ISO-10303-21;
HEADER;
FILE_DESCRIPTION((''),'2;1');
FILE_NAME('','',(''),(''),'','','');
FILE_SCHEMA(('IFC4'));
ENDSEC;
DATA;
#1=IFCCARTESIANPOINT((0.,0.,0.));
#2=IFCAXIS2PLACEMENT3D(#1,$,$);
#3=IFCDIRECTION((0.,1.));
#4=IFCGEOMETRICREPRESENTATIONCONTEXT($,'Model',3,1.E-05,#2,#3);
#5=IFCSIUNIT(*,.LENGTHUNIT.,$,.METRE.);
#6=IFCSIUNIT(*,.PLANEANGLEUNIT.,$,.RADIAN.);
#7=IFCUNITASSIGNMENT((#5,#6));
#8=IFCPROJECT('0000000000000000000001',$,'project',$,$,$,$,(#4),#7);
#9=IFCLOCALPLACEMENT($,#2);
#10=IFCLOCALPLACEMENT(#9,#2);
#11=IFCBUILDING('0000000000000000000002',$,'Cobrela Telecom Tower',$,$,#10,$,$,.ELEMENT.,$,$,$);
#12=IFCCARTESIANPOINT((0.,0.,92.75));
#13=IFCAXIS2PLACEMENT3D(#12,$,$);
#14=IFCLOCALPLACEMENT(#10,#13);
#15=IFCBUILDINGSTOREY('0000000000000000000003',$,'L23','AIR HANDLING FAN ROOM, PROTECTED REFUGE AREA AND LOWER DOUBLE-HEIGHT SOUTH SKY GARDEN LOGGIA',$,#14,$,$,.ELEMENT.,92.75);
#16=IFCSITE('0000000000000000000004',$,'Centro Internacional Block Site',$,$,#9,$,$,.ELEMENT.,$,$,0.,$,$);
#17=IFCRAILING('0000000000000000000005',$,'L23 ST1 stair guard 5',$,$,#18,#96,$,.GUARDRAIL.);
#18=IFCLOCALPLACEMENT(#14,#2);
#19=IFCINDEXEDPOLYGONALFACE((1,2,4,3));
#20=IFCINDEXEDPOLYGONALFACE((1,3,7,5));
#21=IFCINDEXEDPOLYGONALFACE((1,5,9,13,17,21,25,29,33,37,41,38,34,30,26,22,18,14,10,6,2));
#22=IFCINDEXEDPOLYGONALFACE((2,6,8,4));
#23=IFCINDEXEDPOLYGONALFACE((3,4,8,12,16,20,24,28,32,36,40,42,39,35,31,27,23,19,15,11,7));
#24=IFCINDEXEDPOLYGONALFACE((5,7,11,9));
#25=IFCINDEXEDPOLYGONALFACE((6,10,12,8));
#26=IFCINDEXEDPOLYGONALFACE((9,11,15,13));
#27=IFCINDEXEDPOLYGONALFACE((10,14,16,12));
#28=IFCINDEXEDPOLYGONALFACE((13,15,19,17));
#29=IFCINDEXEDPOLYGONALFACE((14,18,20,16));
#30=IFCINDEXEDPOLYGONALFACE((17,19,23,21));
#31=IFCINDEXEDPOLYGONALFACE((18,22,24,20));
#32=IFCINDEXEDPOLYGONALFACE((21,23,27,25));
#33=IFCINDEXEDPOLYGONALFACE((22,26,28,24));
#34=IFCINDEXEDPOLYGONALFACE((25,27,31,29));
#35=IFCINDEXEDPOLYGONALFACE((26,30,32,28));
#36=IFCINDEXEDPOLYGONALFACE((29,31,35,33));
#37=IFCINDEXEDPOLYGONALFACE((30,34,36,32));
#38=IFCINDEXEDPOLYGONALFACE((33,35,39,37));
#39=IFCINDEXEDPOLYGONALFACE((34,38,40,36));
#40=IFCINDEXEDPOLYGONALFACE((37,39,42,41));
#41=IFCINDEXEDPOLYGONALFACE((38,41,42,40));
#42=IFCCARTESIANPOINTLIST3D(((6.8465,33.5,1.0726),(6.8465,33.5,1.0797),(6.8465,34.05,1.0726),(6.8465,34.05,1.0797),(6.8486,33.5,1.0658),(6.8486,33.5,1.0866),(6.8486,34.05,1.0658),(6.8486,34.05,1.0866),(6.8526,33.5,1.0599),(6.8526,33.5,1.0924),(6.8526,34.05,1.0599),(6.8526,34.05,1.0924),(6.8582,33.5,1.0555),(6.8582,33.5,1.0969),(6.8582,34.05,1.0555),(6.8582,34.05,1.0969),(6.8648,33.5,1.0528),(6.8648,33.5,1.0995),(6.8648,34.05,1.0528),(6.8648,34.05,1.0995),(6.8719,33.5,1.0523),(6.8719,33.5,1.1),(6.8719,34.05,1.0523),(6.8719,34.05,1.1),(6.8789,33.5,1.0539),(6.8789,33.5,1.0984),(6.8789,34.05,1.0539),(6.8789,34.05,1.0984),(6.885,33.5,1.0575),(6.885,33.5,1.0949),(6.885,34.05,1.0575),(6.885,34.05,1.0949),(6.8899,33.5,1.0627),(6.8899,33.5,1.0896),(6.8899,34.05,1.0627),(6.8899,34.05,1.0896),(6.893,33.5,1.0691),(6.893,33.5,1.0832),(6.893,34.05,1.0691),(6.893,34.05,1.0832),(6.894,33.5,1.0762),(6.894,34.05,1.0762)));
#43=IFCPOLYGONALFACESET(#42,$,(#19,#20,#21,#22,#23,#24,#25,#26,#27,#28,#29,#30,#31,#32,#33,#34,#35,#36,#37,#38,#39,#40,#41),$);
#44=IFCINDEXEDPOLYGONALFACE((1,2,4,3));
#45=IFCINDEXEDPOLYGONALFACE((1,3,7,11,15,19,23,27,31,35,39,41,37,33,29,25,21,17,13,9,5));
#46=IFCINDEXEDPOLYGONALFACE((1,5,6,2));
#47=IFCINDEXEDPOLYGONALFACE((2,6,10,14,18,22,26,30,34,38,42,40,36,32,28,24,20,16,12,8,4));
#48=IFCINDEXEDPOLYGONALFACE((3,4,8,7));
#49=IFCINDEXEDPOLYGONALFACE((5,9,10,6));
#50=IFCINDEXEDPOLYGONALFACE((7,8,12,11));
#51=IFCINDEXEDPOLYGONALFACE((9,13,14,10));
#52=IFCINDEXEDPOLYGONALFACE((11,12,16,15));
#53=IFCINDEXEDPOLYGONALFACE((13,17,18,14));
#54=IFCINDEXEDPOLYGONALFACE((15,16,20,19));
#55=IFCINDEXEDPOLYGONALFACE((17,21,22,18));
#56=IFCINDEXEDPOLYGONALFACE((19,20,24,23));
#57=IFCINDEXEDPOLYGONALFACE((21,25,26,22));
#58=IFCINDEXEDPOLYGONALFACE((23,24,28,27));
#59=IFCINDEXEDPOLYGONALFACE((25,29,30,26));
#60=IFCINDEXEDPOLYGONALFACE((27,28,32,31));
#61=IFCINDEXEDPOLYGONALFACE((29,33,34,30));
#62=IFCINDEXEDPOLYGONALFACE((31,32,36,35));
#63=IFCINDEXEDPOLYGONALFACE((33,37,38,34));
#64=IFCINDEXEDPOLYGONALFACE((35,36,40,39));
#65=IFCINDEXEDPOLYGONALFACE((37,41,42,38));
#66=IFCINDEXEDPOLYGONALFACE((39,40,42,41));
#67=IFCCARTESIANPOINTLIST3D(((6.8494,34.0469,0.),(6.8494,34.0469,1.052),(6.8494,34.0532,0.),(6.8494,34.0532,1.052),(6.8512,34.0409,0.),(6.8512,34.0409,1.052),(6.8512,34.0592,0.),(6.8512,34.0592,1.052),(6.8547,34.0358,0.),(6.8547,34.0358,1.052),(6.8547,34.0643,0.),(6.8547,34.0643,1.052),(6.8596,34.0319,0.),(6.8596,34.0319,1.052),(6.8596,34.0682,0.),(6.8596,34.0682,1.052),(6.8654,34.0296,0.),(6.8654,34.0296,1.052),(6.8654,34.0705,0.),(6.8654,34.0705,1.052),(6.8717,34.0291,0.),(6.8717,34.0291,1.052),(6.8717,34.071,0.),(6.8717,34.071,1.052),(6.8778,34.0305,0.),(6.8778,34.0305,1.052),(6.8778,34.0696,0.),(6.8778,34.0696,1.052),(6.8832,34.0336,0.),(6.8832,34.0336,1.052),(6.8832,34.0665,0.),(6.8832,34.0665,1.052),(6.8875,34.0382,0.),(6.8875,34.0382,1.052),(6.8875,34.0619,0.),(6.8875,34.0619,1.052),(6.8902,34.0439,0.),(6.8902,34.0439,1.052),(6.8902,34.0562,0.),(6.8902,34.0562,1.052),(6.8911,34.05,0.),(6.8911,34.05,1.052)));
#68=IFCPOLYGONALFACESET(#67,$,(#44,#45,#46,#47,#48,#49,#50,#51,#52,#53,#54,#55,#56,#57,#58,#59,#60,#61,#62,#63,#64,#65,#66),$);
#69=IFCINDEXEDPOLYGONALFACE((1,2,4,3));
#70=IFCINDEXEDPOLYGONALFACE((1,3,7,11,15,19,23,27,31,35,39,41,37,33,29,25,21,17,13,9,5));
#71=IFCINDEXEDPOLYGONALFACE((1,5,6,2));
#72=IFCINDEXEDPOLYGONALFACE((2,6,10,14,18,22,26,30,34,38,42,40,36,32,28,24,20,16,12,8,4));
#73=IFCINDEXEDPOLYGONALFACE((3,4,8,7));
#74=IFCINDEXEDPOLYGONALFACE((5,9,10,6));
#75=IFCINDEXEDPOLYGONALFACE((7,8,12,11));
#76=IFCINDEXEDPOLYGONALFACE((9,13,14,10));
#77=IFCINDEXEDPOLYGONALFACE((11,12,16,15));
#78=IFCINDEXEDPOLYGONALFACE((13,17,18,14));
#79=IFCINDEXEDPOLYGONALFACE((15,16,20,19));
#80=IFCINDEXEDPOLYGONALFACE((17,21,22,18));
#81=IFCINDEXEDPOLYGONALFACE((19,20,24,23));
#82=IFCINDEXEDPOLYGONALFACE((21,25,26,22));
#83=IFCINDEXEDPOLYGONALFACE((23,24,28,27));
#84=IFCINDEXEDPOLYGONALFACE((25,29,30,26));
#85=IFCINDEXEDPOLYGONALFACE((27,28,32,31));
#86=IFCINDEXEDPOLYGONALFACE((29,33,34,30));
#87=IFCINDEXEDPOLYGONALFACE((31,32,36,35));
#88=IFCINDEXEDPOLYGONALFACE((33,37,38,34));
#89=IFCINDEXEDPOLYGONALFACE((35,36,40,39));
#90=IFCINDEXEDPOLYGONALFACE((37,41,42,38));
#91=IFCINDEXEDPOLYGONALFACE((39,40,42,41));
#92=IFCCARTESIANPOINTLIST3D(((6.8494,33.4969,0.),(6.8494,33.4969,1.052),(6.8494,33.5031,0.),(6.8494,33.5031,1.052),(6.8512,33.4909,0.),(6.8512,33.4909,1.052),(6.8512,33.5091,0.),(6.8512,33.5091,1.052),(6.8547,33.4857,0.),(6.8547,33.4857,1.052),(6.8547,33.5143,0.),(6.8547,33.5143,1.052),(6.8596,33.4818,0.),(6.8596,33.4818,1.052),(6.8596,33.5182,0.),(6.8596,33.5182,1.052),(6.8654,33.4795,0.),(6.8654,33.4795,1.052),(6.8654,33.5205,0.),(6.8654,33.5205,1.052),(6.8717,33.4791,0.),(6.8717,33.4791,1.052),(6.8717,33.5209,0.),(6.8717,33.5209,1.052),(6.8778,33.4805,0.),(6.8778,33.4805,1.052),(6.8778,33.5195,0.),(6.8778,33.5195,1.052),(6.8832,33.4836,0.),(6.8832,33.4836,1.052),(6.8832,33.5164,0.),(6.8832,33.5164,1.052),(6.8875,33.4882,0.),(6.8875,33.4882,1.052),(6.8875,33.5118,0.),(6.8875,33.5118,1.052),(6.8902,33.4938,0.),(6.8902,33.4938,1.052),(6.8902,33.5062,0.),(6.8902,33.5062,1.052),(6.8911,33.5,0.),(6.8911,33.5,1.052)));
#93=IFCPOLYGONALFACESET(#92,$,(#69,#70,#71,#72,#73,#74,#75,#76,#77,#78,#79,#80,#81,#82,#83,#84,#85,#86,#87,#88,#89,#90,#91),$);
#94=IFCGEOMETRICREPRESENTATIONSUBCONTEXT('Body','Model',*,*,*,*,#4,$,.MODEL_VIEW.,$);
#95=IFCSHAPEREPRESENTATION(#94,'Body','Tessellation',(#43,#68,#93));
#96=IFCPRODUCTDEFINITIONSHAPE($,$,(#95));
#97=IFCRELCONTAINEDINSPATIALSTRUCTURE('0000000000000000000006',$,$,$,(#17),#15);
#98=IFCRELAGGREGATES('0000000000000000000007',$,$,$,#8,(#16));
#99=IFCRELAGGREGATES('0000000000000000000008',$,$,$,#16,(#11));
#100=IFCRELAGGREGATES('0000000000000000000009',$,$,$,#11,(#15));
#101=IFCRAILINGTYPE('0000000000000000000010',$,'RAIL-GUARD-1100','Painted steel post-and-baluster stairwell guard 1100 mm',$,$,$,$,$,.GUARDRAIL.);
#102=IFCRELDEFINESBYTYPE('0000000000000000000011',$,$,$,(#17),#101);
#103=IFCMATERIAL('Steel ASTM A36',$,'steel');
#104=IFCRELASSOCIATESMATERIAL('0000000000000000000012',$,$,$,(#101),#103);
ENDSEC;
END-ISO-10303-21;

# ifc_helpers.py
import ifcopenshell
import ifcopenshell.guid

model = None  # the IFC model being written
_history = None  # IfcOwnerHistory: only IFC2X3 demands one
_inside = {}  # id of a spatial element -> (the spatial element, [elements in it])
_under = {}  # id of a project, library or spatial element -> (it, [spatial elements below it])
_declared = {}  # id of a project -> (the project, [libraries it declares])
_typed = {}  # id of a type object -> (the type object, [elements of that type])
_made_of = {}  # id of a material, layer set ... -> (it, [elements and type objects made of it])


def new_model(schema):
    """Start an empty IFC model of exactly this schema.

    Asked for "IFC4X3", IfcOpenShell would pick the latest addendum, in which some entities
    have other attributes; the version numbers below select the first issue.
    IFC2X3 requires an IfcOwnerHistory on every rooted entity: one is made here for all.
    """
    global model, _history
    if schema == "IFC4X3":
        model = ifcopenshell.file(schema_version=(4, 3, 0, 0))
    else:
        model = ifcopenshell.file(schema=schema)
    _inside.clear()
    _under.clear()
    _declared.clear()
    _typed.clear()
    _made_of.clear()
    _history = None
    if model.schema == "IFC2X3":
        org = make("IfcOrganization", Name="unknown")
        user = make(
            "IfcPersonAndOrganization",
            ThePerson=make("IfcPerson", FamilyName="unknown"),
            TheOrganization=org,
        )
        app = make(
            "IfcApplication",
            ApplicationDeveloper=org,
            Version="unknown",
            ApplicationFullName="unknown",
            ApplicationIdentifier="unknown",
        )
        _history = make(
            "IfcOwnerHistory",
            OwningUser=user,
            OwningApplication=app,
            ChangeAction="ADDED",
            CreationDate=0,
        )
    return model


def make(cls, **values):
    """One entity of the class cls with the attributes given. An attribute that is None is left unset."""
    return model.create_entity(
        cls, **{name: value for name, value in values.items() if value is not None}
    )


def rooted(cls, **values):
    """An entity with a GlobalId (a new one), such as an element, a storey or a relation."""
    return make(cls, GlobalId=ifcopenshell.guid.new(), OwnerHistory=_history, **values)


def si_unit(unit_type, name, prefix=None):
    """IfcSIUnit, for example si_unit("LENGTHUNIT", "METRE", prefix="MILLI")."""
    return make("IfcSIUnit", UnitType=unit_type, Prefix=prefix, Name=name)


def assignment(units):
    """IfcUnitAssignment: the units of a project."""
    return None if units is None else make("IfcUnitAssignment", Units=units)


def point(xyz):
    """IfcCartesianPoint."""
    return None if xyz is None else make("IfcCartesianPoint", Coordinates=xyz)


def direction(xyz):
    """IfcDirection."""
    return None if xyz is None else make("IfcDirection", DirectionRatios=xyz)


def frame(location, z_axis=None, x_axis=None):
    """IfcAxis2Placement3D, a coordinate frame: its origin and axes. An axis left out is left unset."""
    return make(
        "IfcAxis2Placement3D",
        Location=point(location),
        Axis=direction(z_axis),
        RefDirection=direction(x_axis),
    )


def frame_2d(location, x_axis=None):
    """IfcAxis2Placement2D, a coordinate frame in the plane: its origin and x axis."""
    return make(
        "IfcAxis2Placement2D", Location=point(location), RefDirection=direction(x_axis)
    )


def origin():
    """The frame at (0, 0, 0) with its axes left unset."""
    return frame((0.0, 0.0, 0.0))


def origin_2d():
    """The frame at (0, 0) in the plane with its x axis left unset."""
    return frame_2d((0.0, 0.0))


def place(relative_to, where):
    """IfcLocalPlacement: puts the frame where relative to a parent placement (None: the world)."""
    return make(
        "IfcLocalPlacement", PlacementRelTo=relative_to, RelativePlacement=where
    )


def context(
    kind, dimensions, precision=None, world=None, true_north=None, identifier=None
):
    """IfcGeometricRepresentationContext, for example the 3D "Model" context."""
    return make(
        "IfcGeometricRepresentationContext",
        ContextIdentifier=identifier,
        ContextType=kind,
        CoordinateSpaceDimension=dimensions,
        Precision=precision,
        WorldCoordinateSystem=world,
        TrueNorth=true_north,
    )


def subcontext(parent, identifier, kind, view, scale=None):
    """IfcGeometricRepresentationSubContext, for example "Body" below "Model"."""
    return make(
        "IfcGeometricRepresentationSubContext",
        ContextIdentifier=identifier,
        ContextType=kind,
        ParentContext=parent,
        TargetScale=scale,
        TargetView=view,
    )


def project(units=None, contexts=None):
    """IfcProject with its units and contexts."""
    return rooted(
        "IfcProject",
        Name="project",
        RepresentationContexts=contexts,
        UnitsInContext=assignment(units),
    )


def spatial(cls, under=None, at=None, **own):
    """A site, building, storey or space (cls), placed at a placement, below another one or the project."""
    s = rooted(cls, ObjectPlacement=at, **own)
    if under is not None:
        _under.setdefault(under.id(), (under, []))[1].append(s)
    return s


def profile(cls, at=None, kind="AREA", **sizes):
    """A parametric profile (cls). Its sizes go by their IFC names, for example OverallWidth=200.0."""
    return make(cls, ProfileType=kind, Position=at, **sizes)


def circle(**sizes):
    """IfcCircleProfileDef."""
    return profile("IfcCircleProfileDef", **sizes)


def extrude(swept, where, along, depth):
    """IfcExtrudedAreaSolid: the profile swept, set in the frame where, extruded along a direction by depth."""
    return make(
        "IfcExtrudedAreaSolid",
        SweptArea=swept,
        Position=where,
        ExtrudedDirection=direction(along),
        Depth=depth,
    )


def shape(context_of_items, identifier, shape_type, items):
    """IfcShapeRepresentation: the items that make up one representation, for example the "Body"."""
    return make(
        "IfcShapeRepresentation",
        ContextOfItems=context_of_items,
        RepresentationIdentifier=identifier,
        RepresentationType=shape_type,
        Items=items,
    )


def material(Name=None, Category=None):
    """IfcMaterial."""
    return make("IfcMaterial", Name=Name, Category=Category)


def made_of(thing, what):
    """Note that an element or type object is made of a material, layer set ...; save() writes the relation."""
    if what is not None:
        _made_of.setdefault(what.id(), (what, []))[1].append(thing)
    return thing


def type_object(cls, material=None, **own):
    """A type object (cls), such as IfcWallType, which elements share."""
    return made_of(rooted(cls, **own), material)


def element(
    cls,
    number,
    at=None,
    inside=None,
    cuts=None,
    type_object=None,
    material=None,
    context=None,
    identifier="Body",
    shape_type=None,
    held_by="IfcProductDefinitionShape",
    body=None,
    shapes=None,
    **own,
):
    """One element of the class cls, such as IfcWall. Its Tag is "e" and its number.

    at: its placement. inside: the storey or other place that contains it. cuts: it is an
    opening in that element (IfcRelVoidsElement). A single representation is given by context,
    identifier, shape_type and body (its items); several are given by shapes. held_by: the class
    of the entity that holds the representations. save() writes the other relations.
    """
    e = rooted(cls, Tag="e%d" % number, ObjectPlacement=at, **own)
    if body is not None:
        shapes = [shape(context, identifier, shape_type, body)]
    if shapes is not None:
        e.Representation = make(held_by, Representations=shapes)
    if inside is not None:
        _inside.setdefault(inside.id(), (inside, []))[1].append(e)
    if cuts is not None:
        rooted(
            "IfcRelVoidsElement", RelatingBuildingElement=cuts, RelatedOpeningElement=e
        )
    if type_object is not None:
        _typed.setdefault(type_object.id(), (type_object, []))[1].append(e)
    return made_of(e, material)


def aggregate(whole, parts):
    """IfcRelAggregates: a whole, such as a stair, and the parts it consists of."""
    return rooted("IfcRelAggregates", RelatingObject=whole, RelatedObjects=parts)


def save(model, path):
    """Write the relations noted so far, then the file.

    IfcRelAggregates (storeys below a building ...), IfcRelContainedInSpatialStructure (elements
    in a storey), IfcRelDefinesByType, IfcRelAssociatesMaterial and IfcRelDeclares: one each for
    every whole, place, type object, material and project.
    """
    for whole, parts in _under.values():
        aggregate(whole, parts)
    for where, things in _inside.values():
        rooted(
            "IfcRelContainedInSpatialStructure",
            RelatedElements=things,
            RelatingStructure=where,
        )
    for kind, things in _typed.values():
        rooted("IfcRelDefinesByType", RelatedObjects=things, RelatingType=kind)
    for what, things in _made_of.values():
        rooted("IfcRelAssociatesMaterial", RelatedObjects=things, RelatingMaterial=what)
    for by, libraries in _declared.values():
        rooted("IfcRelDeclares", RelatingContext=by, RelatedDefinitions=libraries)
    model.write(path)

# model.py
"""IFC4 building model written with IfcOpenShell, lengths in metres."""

from ifc_helpers import new_model, si_unit, direction, frame, origin, origin_2d, place, context, subcontext, project, spatial, circle, extrude, material, type_object, element, save


model = new_model("IFC4")

# Units and contexts
model_context = context("Model", 3, precision=1e-05, world=origin(), true_north=direction((0.0, 1.0)))
body_context = subcontext(model_context, "Body", "Model", "MODEL_VIEW")
ifc_project = project(units=[si_unit("LENGTHUNIT", "METRE"), si_unit("PLANEANGLEUNIT", "RADIAN")], contexts=[model_context])

# Site, building, storey
site_placement = place(None, origin())
site = spatial("IfcSite", under=ifc_project, at=site_placement, Name="Centro Internacional Block Site", CompositionType="ELEMENT", RefElevation=0.0)
building_placement = place(site_placement, origin())
building = spatial("IfcBuilding", under=site, at=building_placement, Name="Cobrela Telecom Tower", CompositionType="ELEMENT")
storey_placement = place(building_placement, frame((0.0, 0.0, 92.75)))
storey = spatial("IfcBuildingStorey", under=building, at=storey_placement, Name="L23", Description="AIR HANDLING FAN ROOM, PROTECTED REFUGE AREA AND LOWER DOUBLE-HEIGHT SOUTH SKY GARDEN LOGGIA", CompositionType="ELEMENT", Elevation=92.75)

# Shared definitions
ifc_material_1 = material(Name="Steel ASTM A36", Category="steel")

# Railing
railing_type_1 = type_object("IfcRailingType", Name="RAIL-GUARD-1100", Description="Painted steel post-and-baluster stairwell guard 1100 mm", PredefinedType="GUARDRAIL", material=ifc_material_1)
railing_1_placement = place(storey_placement, frame((6.8701, 34.05, 0.0)))
element("IfcRailing", 1, at=railing_1_placement, inside=storey, type_object=railing_type_1, Name="L23 ST1 stair guard 5", PredefinedType="GUARDRAIL", context=body_context, shape_type="SweptSolid", body=[
    extrude(circle(Radius=0.0239, at=origin_2d()), frame((0.0, 0.0, 1.0762), z_axis=(0.0, -1.0, 0.0), x_axis=(1.0, 0.0, 0.0)), (0.0, 0.0, 1.0), 0.55),
    extrude(circle(Radius=0.021, at=origin_2d()), origin(), (0.0, 0.0, 1.0), 1.052),
    extrude(circle(Radius=0.021, at=origin_2d()), frame((0.0, -0.55, 0.0)), (0.0, 0.0, 1.0), 1.052),
])

save(model, "model.ifc")
